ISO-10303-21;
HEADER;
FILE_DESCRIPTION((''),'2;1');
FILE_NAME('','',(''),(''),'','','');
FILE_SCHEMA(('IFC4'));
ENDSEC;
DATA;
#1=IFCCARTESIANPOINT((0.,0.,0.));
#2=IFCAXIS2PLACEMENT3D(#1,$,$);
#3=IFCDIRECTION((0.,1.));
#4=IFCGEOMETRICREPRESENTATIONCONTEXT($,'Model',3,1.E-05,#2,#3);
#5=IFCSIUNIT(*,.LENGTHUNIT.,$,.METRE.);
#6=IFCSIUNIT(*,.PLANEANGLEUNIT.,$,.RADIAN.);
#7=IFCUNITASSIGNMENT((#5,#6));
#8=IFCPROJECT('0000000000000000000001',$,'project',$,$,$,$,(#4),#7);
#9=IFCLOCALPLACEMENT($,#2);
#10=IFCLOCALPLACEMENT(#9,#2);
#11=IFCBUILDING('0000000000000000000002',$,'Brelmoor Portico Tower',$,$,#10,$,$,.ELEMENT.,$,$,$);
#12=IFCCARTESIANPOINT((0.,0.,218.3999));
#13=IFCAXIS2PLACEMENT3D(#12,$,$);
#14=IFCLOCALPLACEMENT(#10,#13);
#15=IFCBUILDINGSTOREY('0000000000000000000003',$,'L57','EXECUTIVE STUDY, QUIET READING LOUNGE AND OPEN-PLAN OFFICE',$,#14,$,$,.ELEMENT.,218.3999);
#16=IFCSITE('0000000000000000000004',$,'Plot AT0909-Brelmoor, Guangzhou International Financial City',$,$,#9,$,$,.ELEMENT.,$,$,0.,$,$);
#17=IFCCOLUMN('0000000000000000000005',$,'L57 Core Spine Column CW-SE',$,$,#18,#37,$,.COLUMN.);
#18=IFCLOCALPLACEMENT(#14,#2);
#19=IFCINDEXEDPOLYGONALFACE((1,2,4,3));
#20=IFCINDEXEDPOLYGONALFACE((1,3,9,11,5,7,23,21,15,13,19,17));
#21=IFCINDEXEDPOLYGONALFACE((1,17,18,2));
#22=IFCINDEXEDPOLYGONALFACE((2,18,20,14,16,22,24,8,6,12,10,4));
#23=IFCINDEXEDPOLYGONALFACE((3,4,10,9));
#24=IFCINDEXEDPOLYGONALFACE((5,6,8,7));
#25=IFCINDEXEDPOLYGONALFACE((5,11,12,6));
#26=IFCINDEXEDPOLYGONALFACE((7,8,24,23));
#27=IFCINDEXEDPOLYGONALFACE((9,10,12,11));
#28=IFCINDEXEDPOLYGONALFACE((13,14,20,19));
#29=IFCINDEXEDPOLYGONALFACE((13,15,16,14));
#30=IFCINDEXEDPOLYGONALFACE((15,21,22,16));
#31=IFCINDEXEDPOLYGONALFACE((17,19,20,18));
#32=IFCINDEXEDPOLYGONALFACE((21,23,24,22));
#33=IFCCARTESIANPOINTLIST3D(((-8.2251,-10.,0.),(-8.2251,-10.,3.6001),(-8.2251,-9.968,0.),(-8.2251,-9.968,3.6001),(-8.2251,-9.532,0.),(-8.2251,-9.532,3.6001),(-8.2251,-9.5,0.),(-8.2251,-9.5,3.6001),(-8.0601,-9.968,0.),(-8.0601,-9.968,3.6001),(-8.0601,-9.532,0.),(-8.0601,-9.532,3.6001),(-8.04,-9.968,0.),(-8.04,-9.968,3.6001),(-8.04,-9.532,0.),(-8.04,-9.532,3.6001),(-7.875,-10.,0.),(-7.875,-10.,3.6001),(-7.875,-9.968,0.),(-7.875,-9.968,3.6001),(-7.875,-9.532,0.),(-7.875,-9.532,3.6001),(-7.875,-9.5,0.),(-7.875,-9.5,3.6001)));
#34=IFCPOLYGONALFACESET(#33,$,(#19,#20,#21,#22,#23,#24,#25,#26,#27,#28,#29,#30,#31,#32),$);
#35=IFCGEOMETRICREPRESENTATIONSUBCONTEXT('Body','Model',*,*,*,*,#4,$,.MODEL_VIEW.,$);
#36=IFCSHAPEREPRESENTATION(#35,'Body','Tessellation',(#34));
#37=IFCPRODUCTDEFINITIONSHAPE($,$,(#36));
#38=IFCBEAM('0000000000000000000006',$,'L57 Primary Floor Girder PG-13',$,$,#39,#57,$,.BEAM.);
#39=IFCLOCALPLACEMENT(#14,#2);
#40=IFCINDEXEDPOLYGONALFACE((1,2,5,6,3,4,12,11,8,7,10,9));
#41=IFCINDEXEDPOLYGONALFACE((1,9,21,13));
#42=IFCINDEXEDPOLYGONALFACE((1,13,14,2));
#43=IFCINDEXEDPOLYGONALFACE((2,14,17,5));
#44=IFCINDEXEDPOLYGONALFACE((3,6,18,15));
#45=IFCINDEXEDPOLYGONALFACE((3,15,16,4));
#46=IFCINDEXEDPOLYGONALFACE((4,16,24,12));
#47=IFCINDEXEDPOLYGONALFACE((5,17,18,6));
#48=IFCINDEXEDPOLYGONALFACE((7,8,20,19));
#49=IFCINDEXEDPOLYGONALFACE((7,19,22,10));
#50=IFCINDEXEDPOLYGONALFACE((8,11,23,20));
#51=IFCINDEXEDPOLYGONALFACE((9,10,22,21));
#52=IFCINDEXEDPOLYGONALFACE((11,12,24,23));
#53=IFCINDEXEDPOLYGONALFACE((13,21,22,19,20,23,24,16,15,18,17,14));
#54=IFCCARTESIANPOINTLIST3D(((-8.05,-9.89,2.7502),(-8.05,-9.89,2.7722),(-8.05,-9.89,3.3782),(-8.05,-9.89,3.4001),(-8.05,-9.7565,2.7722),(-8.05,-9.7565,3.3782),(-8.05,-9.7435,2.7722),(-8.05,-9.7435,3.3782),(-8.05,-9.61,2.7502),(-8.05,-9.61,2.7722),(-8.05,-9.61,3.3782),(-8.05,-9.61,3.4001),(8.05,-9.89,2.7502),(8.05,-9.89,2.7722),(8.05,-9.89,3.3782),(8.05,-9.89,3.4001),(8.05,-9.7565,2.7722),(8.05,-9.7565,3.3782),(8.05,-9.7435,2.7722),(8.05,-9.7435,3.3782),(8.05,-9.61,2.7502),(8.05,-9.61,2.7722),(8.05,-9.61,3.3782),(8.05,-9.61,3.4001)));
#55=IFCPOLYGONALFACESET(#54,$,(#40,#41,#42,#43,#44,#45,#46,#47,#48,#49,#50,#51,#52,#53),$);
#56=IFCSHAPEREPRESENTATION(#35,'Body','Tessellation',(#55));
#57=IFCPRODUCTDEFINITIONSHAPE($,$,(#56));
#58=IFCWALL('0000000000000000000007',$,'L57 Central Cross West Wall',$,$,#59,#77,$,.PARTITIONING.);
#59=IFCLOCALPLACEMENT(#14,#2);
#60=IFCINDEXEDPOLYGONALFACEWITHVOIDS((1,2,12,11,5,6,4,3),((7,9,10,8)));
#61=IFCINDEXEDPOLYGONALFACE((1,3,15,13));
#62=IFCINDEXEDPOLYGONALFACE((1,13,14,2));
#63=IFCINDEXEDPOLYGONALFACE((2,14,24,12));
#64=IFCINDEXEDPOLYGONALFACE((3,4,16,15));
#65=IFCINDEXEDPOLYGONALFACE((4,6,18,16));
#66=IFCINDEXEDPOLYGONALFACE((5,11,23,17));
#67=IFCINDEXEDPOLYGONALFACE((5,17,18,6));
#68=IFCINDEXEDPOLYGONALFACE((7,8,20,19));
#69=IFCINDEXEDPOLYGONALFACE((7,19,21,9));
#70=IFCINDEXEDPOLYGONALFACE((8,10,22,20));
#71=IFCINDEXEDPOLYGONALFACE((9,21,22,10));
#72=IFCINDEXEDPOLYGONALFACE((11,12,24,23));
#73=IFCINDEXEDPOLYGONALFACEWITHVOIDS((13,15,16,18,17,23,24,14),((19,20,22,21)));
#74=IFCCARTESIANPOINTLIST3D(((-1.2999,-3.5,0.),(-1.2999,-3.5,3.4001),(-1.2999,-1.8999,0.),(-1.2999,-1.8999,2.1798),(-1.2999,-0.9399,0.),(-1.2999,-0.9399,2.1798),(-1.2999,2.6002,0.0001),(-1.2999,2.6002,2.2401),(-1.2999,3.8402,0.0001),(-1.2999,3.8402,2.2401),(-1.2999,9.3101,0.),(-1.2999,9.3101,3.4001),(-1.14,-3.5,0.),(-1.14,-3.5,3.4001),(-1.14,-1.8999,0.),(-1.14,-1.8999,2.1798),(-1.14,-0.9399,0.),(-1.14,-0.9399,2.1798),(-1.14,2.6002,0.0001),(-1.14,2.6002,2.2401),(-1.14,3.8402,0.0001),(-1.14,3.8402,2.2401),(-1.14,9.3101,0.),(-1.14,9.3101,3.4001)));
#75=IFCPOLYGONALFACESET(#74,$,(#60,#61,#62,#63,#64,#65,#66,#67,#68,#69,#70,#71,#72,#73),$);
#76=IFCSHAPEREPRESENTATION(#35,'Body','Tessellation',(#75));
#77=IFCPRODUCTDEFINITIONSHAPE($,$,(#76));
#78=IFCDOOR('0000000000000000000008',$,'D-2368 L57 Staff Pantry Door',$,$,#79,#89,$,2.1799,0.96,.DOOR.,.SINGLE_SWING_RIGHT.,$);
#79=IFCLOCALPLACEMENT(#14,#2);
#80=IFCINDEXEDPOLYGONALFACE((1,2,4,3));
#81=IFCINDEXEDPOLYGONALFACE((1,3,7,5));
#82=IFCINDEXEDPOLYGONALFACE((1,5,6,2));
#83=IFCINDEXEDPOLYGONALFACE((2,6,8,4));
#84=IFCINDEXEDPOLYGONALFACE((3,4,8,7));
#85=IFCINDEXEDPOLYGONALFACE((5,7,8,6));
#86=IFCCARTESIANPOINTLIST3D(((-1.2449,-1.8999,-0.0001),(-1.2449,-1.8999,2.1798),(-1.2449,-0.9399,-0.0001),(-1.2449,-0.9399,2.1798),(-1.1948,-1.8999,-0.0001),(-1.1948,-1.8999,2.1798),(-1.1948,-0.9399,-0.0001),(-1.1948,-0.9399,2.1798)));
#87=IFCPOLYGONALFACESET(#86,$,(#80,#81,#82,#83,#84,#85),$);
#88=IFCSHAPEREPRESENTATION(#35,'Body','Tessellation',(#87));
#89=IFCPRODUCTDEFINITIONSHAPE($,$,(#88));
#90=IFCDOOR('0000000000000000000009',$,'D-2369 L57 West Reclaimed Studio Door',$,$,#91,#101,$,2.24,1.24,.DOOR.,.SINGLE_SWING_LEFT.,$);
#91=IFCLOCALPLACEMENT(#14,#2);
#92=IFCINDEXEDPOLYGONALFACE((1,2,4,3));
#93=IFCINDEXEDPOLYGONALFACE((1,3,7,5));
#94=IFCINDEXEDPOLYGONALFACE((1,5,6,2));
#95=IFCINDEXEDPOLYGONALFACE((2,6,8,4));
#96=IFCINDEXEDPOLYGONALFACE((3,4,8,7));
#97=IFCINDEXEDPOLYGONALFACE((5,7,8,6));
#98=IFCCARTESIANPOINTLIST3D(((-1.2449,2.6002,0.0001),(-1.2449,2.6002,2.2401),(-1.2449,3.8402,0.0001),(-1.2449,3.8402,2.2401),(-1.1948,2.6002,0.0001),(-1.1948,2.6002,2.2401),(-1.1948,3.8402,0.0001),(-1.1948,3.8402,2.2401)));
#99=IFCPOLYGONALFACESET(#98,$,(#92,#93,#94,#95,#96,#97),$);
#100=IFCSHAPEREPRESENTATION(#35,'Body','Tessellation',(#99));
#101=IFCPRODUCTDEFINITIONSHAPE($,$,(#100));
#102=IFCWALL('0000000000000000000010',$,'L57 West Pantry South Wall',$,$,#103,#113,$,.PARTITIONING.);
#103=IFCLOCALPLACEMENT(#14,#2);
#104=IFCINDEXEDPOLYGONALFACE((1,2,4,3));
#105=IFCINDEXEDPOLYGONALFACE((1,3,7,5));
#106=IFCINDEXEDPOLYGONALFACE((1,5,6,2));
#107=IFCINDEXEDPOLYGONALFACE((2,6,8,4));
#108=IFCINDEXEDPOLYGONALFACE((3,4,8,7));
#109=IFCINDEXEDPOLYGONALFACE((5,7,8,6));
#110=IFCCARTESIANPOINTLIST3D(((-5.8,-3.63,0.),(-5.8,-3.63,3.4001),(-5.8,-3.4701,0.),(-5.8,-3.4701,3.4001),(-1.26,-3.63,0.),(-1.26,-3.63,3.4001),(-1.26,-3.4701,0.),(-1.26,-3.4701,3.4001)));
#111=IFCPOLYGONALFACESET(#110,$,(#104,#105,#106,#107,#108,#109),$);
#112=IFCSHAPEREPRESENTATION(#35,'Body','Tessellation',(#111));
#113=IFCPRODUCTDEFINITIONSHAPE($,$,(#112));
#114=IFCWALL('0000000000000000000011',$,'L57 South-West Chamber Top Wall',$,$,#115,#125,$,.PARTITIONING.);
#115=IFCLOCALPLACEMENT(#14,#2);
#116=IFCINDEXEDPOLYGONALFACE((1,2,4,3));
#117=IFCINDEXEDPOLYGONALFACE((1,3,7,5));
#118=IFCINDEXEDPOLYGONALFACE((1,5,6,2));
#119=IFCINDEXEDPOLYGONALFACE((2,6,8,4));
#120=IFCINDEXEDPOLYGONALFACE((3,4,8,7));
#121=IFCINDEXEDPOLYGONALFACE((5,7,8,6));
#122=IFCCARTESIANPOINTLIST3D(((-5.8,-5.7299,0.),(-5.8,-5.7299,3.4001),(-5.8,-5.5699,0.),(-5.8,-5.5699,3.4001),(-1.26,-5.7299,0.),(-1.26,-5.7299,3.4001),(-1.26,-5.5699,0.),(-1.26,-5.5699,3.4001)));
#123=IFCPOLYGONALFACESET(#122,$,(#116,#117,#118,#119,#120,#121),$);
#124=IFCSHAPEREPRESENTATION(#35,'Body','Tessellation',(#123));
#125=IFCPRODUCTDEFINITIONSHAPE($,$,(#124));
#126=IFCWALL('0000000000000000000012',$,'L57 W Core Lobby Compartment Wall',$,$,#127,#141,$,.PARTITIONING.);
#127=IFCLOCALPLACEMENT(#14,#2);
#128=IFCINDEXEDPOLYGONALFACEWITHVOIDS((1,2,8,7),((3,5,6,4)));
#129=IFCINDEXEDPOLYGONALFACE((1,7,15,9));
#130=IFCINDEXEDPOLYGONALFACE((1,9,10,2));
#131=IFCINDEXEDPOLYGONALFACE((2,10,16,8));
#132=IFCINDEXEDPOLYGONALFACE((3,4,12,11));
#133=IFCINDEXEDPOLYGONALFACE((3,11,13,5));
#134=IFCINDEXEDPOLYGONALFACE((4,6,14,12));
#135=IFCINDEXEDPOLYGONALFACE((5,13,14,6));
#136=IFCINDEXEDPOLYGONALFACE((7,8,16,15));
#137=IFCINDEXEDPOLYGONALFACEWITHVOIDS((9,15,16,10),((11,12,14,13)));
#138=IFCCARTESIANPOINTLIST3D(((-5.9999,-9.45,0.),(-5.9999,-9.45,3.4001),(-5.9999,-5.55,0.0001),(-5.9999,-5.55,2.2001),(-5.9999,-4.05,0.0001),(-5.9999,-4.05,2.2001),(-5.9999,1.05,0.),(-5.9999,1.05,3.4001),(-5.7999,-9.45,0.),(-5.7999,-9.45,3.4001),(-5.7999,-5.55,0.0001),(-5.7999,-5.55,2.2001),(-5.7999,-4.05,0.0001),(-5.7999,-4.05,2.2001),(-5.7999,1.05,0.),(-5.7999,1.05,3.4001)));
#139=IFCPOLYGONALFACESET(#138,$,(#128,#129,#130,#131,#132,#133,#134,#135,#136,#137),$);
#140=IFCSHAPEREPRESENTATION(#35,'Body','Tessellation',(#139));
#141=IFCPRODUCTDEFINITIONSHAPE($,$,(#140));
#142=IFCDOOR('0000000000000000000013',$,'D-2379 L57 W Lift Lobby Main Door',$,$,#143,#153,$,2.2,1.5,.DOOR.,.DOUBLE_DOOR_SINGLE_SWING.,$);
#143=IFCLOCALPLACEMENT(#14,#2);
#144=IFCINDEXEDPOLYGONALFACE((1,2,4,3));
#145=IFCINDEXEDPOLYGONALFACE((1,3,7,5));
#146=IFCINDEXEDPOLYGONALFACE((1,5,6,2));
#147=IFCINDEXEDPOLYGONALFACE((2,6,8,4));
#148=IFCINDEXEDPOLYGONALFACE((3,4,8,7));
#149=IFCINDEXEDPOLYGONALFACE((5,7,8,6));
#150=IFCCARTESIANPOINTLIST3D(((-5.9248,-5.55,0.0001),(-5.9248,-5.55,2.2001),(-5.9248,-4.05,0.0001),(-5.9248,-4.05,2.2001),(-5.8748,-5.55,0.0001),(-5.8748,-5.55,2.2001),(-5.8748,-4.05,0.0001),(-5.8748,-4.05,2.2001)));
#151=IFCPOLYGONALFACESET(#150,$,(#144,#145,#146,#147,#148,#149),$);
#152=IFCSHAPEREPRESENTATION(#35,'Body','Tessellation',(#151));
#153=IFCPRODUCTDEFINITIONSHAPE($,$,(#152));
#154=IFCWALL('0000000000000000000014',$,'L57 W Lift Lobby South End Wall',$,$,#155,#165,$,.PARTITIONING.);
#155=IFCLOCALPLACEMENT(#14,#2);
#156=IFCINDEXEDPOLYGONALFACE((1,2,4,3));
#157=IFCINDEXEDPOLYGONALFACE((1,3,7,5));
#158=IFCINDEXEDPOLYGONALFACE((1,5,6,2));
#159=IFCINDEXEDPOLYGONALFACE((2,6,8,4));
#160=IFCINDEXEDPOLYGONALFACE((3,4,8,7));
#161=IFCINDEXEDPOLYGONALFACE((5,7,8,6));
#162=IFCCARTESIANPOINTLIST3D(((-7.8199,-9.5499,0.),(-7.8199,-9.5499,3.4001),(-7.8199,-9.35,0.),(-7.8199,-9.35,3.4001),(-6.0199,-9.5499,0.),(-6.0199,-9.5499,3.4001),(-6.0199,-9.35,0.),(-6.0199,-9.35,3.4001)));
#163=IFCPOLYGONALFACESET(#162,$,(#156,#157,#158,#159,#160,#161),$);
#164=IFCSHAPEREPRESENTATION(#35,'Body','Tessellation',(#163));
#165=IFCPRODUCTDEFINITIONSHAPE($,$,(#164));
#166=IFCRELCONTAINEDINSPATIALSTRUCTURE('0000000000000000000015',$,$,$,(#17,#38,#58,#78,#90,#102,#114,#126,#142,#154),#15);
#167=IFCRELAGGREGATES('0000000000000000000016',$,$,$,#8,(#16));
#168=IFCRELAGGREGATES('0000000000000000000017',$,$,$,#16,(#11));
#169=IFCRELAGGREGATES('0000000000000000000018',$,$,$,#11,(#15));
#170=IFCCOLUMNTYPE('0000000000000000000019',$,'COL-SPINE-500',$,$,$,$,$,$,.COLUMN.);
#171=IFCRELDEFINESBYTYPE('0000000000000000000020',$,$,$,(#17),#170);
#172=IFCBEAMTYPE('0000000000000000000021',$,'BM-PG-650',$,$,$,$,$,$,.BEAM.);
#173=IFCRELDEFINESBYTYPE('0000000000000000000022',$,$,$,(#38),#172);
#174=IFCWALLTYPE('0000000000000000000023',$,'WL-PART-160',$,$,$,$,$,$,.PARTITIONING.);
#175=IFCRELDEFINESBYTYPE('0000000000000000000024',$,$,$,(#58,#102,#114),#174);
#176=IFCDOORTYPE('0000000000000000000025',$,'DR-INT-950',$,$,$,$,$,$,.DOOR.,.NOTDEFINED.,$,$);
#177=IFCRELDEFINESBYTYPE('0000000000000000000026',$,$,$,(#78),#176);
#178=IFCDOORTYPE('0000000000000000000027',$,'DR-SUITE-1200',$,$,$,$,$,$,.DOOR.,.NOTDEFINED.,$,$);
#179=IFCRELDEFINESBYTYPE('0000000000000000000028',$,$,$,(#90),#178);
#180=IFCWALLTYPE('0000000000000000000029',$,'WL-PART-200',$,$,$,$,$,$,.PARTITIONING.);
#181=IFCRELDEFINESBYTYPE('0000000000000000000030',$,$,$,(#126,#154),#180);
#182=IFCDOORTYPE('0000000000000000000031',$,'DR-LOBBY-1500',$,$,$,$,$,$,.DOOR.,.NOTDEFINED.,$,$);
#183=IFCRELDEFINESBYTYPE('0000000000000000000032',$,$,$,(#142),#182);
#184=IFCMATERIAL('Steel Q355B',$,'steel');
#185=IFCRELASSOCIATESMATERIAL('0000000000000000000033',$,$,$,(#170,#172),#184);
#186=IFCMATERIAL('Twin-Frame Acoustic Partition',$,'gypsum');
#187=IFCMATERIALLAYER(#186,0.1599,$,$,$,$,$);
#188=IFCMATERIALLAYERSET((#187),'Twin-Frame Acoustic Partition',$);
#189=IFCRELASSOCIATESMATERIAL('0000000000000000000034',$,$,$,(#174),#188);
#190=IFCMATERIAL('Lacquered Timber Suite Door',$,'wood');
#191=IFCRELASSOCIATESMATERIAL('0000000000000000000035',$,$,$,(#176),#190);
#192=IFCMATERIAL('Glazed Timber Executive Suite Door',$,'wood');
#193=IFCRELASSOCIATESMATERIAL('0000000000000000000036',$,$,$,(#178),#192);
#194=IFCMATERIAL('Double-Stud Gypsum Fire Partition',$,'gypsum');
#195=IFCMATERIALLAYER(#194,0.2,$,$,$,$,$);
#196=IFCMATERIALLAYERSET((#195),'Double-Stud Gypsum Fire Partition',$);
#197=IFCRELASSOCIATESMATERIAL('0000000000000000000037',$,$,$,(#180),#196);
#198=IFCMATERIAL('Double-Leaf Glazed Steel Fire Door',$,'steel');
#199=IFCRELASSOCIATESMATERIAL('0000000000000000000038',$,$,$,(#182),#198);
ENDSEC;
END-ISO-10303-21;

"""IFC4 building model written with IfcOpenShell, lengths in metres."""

from ifc_helpers import new_model, si_unit, direction, frame, frame_2d, origin, origin_2d, place, context, subcontext, project, spatial, rectangle, i_section, extrude, material, layer, layer_set, material_profile, profile_set, type_object, element, fill, save


model = new_model("IFC4")

# Units and contexts
model_context = context("Model", 3, precision=1e-05, world=origin(), true_north=direction((0.0, 1.0)))
body_context = subcontext(model_context, "Body", "Model", "MODEL_VIEW")
ifc_project = project(units=[si_unit("LENGTHUNIT", "METRE"), si_unit("PLANEANGLEUNIT", "RADIAN")], contexts=[model_context])

# Site, building, storey
site_placement = place(None, origin())
site = spatial("IfcSite", under=ifc_project, at=site_placement, Name="Plot AT0909-Brelmoor, Guangzhou International Financial City", CompositionType="ELEMENT", RefElevation=0.0)
building_placement = place(site_placement, origin())
building = spatial("IfcBuilding", under=site, at=building_placement, Name="Brelmoor Portico Tower", CompositionType="ELEMENT")
storey_placement = place(building_placement, frame((0.0, 0.0, 218.3999)))
storey = spatial("IfcBuildingStorey", under=building, at=storey_placement, Name="L57", Description="EXECUTIVE STUDY, QUIET READING LOUNGE AND OPEN-PLAN OFFICE", CompositionType="ELEMENT", Elevation=218.3999)

# Column
ifc_material_1 = material(Name="Steel Q355B", Category="steel")
ifc_material_profile_1 = material_profile(ifc_material_1, i_section(OverallWidth=0.3501, OverallDepth=0.5, WebThickness=0.02, FlangeThickness=0.032, at=origin_2d()), Name="HW 500x350x20x32")
ifc_profile_set_1 = profile_set([ifc_material_profile_1], Name="Steel Q355B")
column_type = type_object("IfcColumnType", Name="COL-SPINE-500", PredefinedType="COLUMN", material=ifc_profile_set_1)
column_placement = place(storey_placement, frame((-8.05, -9.75, 0.0), z_axis=(0.0, 0.0, 1.0), x_axis=(1.0, 0.0, 0.0)))
element("IfcColumn", 1, at=column_placement, inside=storey, type_object=column_type, Name="L57 Core Spine Column CW-SE", PredefinedType="COLUMN", context=body_context, shape_type="SweptSolid", body=[
    extrude(i_section(OverallWidth=0.3501, OverallDepth=0.5, WebThickness=0.02, FlangeThickness=0.032, at=origin_2d()), origin(), (0.0, 0.0, 1.0), 3.6001),
])

# Beam
ifc_material_profile_2 = material_profile(ifc_material_1, i_section(OverallWidth=0.28, OverallDepth=0.6499, WebThickness=0.0129, FlangeThickness=0.022, at=origin_2d()), Name="HN 650x280x13x22")
ifc_profile_set_2 = profile_set([ifc_material_profile_2], Name="Steel Q355B")
beam_type = type_object("IfcBeamType", Name="BM-PG-650", PredefinedType="BEAM", material=ifc_profile_set_2)
beam_placement = place(storey_placement, frame((-8.05, -9.75, 3.0752), z_axis=(1.0, 0.0, 0.0), x_axis=(0.0, 1.0, 0.0)))
element("IfcBeam", 2, at=beam_placement, inside=storey, type_object=beam_type, Name="L57 Primary Floor Girder PG-13", PredefinedType="BEAM", context=body_context, shape_type="SweptSolid", body=[
    extrude(i_section(OverallWidth=0.28, OverallDepth=0.6499, WebThickness=0.0129, FlangeThickness=0.022, at=origin_2d()), origin(), (0.0, 0.0, 1.0), 16.1001),
])

# Wall, openings, doors
ifc_material_2 = material(Name="Twin-Frame Acoustic Partition", Category="gypsum")
ifc_layer_1 = layer(ifc_material_2, 0.1599)
ifc_layer_set_1 = layer_set([ifc_layer_1], Name="Twin-Frame Acoustic Partition")
wall_type_1 = type_object("IfcWallType", Name="WL-PART-160", PredefinedType="PARTITIONING", material=ifc_layer_set_1)
wall_1_placement = place(storey_placement, frame((-1.22, -3.5, 0.0), z_axis=(0.0, 0.0, 1.0), x_axis=(0.0, 1.0, 0.0)))
wall_1 = element("IfcWall", 3, at=wall_1_placement, inside=storey, type_object=wall_type_1, Name="L57 Central Cross West Wall", PredefinedType="PARTITIONING", context=body_context, shape_type="SweptSolid", body=[
    extrude(rectangle(XDim=12.8101, YDim=0.1599, at=frame_2d((6.405, 0.0))), origin(), (0.0, 0.0, 1.0), 3.4001),
])
opening_1_placement = place(wall_1_placement, frame((6.1001, 0.0, 0.0)))
opening_1 = element("IfcOpeningElement", 4, at=opening_1_placement, cuts=wall_1, PredefinedType="OPENING", context=body_context, shape_type="SweptSolid", body=[
    extrude(rectangle(XDim=1.24, YDim=2.24, at=frame_2d((0.6201, 1.1201))), frame((0.0, 0.0898, 0.0), z_axis=(0.0, -1.0, 0.0), x_axis=(1.0, 0.0, 0.0)), (0.0, 0.0, 1.0), 0.1799),
])
opening_2_placement = place(wall_1_placement, frame((1.6001, 0.0, 0.0)))
opening_2 = element("IfcOpeningElement", 5, at=opening_2_placement, cuts=wall_1, PredefinedType="OPENING", context=body_context, shape_type="SweptSolid", body=[
    extrude(rectangle(XDim=0.96, YDim=2.1799, at=frame_2d((0.48, 1.0898))), frame((0.0, 0.0898, 0.0), z_axis=(0.0, -1.0, 0.0), x_axis=(1.0, 0.0, 0.0)), (0.0, 0.0, 1.0), 0.1799),
])
ifc_material_3 = material(Name="Lacquered Timber Suite Door", Category="wood")
door_type_1 = type_object("IfcDoorType", Name="DR-INT-950", OperationType="NOTDEFINED", PredefinedType="DOOR", material=ifc_material_3)
door_1_placement = place(opening_2_placement, origin())
door_1 = element("IfcDoor", 6, at=door_1_placement, inside=storey, type_object=door_type_1, Name="D-2368 L57 Staff Pantry Door", OperationType="SINGLE_SWING_RIGHT", OverallHeight=2.1799, OverallWidth=0.96, PredefinedType="DOOR", context=body_context, shape_type="SweptSolid", body=[
    extrude(rectangle(XDim=0.96, YDim=2.1799, at=frame_2d((0.48, 1.0898))), frame((0.0, 0.0249, 0.0), z_axis=(0.0, -1.0, 0.0), x_axis=(1.0, 0.0, 0.0)), (0.0, 0.0, 1.0), 0.05),
])
fill(opening_2, door_1)
ifc_material_4 = material(Name="Glazed Timber Executive Suite Door", Category="wood")
door_type_2 = type_object("IfcDoorType", Name="DR-SUITE-1200", OperationType="NOTDEFINED", PredefinedType="DOOR", material=ifc_material_4)
door_2_placement = place(opening_1_placement, origin())
door_2 = element("IfcDoor", 7, at=door_2_placement, inside=storey, type_object=door_type_2, Name="D-2369 L57 West Reclaimed Studio Door", OperationType="SINGLE_SWING_LEFT", OverallHeight=2.24, OverallWidth=1.24, PredefinedType="DOOR", context=body_context, shape_type="SweptSolid", body=[
    extrude(rectangle(XDim=1.24, YDim=2.24, at=frame_2d((0.6201, 1.1201))), frame((0.0, 0.0249, 0.0), z_axis=(0.0, -1.0, 0.0), x_axis=(1.0, 0.0, 0.0)), (0.0, 0.0, 1.0), 0.05),
])
fill(opening_1, door_2)

# Walls
for number, where, z_axis, x_axis, name in (
    (8, (-5.8, -3.55, 0.0), (0.0, 0.0, 1.0), (1.0, 0.0, 0.0), "L57 West Pantry South Wall"),
    (9, (-5.8, -5.6499, 0.0), (0.0, 0.0, 1.0), (1.0, 0.0, 0.0), "L57 South-West Chamber Top Wall"),
):
    element("IfcWall", number, at=place(storey_placement, frame(where, z_axis=z_axis, x_axis=x_axis)), inside=storey, type_object=wall_type_1, Name=name, PredefinedType="PARTITIONING", context=body_context, shape_type="SweptSolid", body=[
        extrude(rectangle(XDim=4.54, YDim=0.1599, at=frame_2d((2.27, 0.0))), origin(), (0.0, 0.0, 1.0), 3.4001),
    ])

# Wall, opening, door
ifc_material_5 = material(Name="Double-Stud Gypsum Fire Partition", Category="gypsum")
ifc_layer_2 = layer(ifc_material_5, 0.2)
ifc_layer_set_2 = layer_set([ifc_layer_2], Name="Double-Stud Gypsum Fire Partition")
wall_type_2 = type_object("IfcWallType", Name="WL-PART-200", PredefinedType="PARTITIONING", material=ifc_layer_set_2)
wall_2_placement = place(storey_placement, frame((-5.8999, -9.45, 0.0), z_axis=(0.0, 0.0, 1.0), x_axis=(0.0, 1.0, 0.0)))
wall_2 = element("IfcWall", 10, at=wall_2_placement, inside=storey, type_object=wall_type_2, Name="L57 W Core Lobby Compartment Wall", PredefinedType="PARTITIONING", context=body_context, shape_type="SweptSolid", body=[
    extrude(rectangle(XDim=10.5, YDim=0.2, at=frame_2d((5.25, 0.0))), origin(), (0.0, 0.0, 1.0), 3.4001),
])
opening_3_placement = place(wall_2_placement, frame((3.8999, 0.0, 0.0)))
opening_3 = element("IfcOpeningElement", 11, at=opening_3_placement, cuts=wall_2, PredefinedType="OPENING", context=body_context, shape_type="SweptSolid", body=[
    extrude(rectangle(XDim=1.5, YDim=2.2, at=frame_2d((0.75, 1.1001))), frame((0.0, 0.1099, 0.0), z_axis=(0.0, -1.0, 0.0), x_axis=(1.0, 0.0, 0.0)), (0.0, 0.0, 1.0), 0.22),
])
ifc_material_6 = material(Name="Double-Leaf Glazed Steel Fire Door", Category="steel")
door_type_3 = type_object("IfcDoorType", Name="DR-LOBBY-1500", OperationType="NOTDEFINED", PredefinedType="DOOR", material=ifc_material_6)
door_3_placement = place(opening_3_placement, origin())
door_3 = element("IfcDoor", 12, at=door_3_placement, inside=storey, type_object=door_type_3, Name="D-2379 L57 W Lift Lobby Main Door", OperationType="DOUBLE_DOOR_SINGLE_SWING", OverallHeight=2.2, OverallWidth=1.5, PredefinedType="DOOR", context=body_context, shape_type="SweptSolid", body=[
    extrude(rectangle(XDim=1.5, YDim=2.2, at=frame_2d((0.75, 1.1001))), frame((0.0, 0.0249, 0.0), z_axis=(0.0, -1.0, 0.0), x_axis=(1.0, 0.0, 0.0)), (0.0, 0.0, 1.0), 0.05),
])
fill(opening_3, door_3)

# Wall
wall_3_placement = place(storey_placement, frame((-6.02, -9.45, 0.0), z_axis=(0.0, 0.0, 1.0), x_axis=(-1.0, 0.0, 0.0)))
element("IfcWall", 13, at=wall_3_placement, inside=storey, type_object=wall_type_2, Name="L57 W Lift Lobby South End Wall", PredefinedType="PARTITIONING", context=body_context, shape_type="SweptSolid", body=[
    extrude(rectangle(XDim=1.8, YDim=0.2, at=frame_2d((0.8999, 0.0))), origin(), (0.0, 0.0, 1.0), 3.4001),
])

save(model, "model.ifc")
